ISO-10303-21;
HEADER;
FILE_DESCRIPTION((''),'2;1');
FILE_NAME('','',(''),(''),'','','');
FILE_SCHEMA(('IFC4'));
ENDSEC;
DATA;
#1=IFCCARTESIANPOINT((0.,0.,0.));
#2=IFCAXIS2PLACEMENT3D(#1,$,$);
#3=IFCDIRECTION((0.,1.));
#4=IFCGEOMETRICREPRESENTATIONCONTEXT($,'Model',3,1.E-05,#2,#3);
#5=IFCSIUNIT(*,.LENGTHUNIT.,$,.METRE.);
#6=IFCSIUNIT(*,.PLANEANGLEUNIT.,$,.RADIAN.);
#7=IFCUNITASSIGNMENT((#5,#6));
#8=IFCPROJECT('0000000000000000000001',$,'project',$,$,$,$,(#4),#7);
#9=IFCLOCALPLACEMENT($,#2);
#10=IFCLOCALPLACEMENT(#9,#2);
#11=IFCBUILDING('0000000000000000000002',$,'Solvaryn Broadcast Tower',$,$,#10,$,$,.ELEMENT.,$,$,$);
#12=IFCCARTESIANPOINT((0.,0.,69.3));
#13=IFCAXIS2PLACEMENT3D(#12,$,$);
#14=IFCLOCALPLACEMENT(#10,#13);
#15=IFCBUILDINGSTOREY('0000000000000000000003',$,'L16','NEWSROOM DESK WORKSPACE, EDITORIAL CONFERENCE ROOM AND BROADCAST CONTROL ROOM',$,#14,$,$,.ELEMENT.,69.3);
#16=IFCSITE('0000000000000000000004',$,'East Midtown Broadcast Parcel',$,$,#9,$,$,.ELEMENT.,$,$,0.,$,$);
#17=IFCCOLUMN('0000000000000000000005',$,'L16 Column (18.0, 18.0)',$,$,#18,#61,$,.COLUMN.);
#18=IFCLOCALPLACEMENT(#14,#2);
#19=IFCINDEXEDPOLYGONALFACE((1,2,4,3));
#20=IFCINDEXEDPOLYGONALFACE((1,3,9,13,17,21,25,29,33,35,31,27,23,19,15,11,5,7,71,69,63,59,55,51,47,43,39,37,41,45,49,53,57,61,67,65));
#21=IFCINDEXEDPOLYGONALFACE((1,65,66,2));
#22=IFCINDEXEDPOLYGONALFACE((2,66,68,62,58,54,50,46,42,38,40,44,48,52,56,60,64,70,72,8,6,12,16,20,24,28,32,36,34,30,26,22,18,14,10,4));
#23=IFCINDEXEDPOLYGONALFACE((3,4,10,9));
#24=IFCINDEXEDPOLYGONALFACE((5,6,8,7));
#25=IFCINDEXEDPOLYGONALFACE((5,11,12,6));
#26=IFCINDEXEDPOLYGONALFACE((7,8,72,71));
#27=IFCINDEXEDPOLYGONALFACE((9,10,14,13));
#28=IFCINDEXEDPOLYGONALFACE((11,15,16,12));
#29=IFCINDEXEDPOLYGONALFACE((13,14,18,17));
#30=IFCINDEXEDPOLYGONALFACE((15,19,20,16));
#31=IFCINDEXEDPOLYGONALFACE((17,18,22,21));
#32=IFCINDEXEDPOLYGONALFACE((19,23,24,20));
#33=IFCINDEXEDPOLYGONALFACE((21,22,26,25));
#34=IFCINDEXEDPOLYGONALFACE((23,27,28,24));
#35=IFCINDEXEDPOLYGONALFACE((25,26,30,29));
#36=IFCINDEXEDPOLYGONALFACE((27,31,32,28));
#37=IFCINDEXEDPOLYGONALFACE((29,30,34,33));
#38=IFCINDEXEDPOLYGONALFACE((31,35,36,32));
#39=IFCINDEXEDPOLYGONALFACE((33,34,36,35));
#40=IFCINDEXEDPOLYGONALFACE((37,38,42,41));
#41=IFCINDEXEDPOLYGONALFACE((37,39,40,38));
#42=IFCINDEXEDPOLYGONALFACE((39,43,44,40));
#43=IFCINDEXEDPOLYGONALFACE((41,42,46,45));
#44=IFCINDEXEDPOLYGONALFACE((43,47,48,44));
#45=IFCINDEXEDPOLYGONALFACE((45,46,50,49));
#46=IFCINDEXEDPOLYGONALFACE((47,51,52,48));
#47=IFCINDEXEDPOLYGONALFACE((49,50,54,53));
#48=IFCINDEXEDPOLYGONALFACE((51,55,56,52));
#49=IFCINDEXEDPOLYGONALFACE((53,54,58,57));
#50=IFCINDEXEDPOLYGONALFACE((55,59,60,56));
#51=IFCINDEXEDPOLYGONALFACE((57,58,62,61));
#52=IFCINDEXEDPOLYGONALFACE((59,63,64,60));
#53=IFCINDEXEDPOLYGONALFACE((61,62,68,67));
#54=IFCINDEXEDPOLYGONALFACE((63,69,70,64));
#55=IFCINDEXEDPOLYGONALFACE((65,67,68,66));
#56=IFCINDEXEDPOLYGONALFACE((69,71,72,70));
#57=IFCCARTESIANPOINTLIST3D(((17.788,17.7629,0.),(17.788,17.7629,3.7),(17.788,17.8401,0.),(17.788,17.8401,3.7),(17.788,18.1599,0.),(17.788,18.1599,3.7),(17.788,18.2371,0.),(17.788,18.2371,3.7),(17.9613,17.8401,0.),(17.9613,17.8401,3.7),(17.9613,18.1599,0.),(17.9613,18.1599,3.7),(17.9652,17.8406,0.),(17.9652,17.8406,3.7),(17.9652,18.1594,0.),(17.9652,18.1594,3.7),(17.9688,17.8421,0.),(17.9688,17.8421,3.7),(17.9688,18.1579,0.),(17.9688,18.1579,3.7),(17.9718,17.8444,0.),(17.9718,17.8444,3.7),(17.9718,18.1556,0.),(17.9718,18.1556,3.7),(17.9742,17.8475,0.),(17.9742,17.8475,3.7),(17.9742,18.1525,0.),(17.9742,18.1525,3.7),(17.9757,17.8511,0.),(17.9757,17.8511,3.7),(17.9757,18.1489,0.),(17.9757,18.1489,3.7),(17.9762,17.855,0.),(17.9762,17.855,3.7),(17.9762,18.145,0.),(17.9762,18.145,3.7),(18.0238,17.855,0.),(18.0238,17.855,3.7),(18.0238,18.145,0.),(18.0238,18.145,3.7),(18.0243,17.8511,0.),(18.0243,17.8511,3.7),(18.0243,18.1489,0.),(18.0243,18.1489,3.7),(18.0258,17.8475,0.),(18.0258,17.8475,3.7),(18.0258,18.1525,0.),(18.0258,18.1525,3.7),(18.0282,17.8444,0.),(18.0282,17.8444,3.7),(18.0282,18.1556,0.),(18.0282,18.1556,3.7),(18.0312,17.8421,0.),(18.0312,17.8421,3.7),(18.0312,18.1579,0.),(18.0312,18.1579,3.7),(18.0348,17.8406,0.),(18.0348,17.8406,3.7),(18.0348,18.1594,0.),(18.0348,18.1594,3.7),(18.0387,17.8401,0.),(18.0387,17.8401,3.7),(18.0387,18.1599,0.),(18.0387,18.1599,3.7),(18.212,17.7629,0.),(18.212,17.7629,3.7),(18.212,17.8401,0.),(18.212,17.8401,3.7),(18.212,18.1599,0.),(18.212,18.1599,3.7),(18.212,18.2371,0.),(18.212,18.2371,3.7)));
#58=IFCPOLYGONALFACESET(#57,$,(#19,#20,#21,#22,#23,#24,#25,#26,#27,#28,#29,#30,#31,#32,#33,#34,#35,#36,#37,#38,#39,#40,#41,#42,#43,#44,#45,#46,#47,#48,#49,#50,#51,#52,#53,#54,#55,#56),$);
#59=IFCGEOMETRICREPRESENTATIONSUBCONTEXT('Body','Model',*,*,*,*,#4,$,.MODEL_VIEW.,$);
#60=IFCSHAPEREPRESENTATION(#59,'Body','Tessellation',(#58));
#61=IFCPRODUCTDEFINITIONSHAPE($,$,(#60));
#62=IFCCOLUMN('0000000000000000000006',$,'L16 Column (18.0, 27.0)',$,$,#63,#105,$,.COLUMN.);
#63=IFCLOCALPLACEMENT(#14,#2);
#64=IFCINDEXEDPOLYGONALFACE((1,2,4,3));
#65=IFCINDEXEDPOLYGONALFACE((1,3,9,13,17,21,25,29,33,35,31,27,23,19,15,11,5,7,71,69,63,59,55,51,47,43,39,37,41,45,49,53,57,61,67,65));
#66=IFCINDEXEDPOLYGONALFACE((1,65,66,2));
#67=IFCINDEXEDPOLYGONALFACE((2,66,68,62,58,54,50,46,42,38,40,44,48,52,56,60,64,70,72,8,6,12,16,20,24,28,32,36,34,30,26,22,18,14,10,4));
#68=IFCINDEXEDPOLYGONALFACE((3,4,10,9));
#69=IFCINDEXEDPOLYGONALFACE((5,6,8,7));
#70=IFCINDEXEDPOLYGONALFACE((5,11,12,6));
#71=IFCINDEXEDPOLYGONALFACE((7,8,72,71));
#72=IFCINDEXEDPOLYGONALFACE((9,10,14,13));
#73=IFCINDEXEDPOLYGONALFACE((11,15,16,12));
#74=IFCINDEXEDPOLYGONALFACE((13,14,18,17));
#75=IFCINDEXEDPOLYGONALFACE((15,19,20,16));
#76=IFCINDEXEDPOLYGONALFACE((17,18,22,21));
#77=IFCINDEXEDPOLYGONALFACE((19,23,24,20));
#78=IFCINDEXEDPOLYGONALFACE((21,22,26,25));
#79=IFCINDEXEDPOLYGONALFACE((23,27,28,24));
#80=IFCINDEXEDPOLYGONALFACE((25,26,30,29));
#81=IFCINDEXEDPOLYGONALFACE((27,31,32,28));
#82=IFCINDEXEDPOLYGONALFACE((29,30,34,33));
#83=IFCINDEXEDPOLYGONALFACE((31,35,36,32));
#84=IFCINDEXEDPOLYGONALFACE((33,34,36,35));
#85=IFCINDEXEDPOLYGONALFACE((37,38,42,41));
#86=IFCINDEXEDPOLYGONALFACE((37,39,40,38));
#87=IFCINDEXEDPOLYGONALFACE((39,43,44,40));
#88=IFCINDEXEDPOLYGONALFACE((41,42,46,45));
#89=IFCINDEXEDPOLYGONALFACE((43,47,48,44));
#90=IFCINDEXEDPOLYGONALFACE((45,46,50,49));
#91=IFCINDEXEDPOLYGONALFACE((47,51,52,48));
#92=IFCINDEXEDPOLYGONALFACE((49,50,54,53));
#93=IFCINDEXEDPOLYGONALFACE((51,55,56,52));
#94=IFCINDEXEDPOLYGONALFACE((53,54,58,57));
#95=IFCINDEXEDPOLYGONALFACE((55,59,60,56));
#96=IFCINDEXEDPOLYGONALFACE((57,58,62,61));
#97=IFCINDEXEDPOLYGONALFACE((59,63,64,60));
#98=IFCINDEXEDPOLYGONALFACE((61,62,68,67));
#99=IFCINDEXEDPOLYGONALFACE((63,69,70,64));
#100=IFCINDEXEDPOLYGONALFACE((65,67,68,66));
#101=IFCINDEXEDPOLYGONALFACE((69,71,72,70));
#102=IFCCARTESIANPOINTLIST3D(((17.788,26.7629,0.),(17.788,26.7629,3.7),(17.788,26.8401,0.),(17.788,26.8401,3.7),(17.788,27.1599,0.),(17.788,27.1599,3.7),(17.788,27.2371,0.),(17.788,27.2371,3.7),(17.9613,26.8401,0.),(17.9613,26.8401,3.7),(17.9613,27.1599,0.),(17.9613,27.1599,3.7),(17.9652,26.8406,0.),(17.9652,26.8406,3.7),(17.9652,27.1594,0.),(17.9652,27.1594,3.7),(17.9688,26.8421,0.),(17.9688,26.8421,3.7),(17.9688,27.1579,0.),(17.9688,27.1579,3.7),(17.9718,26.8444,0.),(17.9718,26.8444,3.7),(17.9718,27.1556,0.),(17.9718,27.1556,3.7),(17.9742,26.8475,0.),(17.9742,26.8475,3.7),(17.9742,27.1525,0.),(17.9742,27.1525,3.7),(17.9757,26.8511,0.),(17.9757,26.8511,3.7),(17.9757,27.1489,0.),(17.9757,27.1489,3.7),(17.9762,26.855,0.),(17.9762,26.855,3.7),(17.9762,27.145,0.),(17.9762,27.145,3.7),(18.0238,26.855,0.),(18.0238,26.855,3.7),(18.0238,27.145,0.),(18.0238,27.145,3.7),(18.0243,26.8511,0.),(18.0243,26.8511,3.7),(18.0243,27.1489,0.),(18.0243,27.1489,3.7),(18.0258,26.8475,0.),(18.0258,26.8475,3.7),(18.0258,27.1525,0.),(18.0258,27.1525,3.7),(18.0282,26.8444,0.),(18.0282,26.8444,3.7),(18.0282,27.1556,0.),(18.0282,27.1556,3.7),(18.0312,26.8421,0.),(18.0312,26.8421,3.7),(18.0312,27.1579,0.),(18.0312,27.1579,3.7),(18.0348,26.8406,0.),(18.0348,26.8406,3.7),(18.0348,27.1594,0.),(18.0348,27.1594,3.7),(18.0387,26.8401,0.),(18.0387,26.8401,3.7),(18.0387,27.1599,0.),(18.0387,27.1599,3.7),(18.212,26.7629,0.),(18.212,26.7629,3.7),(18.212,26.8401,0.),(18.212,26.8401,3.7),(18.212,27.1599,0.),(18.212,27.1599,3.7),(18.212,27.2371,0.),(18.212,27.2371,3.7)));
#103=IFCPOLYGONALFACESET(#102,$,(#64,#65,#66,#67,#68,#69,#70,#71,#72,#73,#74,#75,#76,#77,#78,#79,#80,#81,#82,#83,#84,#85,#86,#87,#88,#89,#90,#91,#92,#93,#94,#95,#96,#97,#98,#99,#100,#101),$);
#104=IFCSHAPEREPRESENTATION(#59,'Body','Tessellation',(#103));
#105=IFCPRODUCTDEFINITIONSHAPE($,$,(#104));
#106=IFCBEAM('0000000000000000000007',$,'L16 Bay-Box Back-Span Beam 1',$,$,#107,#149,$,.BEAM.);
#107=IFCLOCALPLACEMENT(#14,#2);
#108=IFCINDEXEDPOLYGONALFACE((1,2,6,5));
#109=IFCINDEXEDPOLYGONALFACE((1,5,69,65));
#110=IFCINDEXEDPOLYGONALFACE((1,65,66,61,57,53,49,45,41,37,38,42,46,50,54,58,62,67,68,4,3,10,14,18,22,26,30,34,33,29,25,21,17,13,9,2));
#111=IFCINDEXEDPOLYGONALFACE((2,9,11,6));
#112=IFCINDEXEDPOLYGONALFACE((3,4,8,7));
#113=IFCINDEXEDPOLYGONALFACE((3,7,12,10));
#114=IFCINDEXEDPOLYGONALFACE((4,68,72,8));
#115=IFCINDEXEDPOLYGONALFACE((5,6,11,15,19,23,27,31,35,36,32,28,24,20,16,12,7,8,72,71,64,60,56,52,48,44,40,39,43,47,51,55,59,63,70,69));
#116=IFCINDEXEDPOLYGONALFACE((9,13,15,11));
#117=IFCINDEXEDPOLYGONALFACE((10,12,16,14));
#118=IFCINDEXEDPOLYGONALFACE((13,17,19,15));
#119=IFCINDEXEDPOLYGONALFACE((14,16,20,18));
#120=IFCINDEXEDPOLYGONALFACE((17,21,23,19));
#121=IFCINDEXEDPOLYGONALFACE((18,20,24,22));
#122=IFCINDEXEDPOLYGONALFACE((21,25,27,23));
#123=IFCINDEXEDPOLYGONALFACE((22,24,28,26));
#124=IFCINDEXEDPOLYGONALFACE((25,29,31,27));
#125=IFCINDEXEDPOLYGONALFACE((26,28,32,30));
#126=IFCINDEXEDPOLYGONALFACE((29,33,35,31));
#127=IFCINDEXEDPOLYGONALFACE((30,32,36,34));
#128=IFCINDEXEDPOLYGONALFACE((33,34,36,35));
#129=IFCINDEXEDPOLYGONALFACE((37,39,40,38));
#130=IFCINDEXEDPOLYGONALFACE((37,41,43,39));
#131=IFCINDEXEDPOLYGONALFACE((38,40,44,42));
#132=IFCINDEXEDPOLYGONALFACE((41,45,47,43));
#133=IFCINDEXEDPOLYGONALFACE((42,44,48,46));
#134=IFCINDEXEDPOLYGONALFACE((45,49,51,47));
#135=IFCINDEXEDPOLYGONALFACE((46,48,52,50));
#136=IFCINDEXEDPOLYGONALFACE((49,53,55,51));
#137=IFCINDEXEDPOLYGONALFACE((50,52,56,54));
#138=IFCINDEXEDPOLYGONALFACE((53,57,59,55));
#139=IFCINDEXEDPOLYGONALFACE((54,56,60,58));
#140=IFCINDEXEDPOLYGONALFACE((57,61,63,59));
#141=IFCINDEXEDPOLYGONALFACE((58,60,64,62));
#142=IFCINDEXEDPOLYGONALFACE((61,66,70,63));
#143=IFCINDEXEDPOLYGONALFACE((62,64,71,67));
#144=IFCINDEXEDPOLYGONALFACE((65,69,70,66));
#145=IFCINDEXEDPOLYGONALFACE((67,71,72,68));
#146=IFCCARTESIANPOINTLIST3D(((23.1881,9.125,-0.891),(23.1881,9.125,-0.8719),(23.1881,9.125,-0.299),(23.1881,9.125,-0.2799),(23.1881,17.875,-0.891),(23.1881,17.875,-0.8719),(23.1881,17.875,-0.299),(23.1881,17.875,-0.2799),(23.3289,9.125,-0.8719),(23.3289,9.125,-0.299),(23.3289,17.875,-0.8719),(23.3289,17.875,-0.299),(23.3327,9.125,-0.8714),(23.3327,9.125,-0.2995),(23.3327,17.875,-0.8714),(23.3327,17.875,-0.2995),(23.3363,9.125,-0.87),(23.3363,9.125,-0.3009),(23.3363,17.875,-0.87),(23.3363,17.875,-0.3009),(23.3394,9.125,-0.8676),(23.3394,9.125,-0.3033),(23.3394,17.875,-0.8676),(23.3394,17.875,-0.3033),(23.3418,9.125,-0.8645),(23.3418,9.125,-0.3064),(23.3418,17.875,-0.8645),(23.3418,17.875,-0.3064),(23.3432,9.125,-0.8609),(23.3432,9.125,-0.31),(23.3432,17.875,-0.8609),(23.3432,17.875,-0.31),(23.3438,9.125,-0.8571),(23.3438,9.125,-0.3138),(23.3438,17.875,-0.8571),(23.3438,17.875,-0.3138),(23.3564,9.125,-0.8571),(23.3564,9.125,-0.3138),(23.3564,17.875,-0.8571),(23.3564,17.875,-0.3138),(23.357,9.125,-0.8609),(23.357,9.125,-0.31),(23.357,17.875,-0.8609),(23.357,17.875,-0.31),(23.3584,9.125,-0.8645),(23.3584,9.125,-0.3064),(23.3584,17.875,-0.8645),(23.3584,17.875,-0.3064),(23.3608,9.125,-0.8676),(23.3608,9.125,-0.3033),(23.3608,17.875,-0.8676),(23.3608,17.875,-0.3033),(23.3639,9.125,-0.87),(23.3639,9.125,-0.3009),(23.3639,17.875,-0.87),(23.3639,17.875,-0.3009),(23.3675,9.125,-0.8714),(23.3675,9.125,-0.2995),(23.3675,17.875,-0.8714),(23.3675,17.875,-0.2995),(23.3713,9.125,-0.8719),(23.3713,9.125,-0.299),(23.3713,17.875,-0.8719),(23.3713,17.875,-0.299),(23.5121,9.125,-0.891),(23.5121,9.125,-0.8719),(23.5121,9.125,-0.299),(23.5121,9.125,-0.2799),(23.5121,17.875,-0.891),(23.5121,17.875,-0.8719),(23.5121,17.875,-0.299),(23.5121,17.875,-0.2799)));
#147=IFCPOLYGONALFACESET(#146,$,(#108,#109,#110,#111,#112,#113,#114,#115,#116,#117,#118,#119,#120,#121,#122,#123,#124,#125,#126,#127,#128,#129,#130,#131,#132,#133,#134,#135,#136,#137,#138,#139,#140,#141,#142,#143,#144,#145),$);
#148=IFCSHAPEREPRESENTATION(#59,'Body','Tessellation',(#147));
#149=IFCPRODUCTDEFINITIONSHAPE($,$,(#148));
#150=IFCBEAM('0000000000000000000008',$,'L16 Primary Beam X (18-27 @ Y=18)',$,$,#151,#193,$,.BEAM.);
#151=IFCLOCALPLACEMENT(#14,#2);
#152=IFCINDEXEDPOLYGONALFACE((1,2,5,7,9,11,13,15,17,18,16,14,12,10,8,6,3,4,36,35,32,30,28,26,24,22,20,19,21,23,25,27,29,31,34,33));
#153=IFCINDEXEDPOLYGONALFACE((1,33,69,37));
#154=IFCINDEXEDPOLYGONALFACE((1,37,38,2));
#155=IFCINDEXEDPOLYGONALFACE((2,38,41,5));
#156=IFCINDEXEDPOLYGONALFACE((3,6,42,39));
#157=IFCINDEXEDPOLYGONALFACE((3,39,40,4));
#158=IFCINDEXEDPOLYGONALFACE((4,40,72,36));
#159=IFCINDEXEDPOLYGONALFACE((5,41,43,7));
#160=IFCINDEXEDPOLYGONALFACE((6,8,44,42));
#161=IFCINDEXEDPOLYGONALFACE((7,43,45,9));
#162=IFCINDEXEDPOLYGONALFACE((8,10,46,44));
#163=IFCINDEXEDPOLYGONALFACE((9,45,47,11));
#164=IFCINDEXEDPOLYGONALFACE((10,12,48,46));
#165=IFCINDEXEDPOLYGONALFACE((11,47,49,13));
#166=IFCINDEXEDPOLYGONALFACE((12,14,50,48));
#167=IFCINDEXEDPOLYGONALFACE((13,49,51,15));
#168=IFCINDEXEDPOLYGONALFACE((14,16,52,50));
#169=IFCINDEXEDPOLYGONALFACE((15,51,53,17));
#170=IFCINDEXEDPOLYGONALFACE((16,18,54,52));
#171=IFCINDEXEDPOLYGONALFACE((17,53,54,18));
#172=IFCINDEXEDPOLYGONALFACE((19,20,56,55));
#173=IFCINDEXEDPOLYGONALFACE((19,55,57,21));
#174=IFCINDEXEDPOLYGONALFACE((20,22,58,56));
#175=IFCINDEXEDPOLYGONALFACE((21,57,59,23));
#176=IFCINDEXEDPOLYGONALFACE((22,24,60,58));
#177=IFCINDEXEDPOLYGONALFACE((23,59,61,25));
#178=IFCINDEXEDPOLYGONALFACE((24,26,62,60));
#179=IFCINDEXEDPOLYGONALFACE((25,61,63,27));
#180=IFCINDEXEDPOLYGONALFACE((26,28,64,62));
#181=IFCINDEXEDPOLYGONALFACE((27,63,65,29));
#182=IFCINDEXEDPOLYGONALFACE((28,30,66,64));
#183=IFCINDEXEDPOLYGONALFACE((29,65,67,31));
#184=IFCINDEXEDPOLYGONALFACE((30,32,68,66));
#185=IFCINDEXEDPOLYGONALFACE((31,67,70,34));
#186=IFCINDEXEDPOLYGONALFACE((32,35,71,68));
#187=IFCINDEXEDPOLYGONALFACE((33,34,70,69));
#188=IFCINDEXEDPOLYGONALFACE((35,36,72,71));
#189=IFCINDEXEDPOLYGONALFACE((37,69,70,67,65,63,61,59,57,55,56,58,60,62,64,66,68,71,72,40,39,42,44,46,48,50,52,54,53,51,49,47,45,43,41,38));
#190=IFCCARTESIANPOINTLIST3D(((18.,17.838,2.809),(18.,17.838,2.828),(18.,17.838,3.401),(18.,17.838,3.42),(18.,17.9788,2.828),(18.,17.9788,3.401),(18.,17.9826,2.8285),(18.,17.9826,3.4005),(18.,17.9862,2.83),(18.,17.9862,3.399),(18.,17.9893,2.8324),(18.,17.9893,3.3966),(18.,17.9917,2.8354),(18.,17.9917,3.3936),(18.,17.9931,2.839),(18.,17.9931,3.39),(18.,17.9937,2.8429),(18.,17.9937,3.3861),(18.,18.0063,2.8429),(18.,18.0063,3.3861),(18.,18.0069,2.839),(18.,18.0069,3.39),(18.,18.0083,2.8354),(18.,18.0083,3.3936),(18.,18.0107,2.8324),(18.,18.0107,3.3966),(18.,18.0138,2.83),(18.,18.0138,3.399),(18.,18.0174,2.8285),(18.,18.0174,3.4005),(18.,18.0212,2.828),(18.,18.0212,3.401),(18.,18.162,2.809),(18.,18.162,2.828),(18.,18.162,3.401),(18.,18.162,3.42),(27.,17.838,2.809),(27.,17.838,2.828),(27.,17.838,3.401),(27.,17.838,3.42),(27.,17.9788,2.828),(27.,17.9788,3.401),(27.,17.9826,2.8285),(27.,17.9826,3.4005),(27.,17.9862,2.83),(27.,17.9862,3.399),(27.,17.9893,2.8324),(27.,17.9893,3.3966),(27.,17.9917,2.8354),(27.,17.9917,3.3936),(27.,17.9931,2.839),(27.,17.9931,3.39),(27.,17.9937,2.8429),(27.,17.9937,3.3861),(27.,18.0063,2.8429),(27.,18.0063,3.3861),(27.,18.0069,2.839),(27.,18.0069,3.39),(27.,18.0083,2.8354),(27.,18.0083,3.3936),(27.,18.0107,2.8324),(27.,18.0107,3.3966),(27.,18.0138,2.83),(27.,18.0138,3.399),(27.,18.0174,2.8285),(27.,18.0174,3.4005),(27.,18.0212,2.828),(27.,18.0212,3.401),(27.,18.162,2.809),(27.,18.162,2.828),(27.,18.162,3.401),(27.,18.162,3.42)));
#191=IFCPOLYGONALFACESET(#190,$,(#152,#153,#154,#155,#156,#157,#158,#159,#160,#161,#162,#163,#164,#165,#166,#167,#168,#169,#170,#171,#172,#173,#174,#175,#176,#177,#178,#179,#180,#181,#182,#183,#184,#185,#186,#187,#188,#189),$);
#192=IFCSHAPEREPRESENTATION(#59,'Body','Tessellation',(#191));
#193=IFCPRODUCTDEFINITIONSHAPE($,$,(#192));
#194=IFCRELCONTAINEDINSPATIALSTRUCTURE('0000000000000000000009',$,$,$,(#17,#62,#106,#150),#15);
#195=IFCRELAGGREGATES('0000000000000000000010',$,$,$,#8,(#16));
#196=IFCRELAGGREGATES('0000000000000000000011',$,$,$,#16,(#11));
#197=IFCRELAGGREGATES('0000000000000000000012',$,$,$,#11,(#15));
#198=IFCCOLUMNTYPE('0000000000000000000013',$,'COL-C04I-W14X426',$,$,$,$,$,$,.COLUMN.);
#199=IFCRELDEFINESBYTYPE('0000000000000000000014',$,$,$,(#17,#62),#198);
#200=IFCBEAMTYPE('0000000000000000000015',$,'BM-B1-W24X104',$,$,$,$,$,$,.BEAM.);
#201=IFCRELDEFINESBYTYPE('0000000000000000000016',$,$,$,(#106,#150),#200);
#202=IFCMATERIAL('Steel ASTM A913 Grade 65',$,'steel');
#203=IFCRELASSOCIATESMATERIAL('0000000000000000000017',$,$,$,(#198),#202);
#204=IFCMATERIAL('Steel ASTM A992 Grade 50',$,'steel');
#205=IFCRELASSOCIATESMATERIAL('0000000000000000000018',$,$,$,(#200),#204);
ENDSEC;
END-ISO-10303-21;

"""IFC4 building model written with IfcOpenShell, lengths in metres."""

from ifc_helpers import new_model, si_unit, direction, frame, origin, origin_2d, place, context, subcontext, project, spatial, i_section, extrude, material, material_profile, profile_set, type_object, element, save


model = new_model("IFC4")

# Units and contexts
model_context = context("Model", 3, precision=1e-05, world=origin(), true_north=direction((0.0, 1.0)))
body_context = subcontext(model_context, "Body", "Model", "MODEL_VIEW")
ifc_project = project(units=[si_unit("LENGTHUNIT", "METRE"), si_unit("PLANEANGLEUNIT", "RADIAN")], contexts=[model_context])

# Site, building, storey
site_placement = place(None, origin())
site = spatial("IfcSite", under=ifc_project, at=site_placement, Name="East Midtown Broadcast Parcel", CompositionType="ELEMENT", RefElevation=0.0)
building_placement = place(site_placement, origin())
building = spatial("IfcBuilding", under=site, at=building_placement, Name="Solvaryn Broadcast Tower", CompositionType="ELEMENT")
storey_placement = place(building_placement, frame((0.0, 0.0, 69.3)))
storey = spatial("IfcBuildingStorey", under=building, at=storey_placement, Name="L16", Description="NEWSROOM DESK WORKSPACE, EDITORIAL CONFERENCE ROOM AND BROADCAST CONTROL ROOM", CompositionType="ELEMENT", Elevation=69.3)

# Columns
ifc_material_1 = material(Name="Steel ASTM A913 Grade 65", Category="steel")
ifc_material_profile_1 = material_profile(ifc_material_1, i_section(OverallWidth=0.4241, OverallDepth=0.4741, WebThickness=0.0476, FlangeThickness=0.0771, FilletRadius=0.0149, at=origin_2d()))
ifc_profile_set_1 = profile_set([ifc_material_profile_1], Name="Steel ASTM A913 Grade 65")
column_type = type_object("IfcColumnType", Name="COL-C04I-W14X426", PredefinedType="COLUMN", material=ifc_profile_set_1)
for number, where, z_axis, x_axis, name in (
    (1, (18.0, 18.0, 0.0), (0.0, 0.0, 1.0), (1.0, 0.0, 0.0), "L16 Column (18.0, 18.0)"),
    (2, (18.0, 27.0, 0.0), (0.0, 0.0, 1.0), (1.0, 0.0, 0.0), "L16 Column (18.0, 27.0)"),
):
    element("IfcColumn", number, at=place(storey_placement, frame(where, z_axis=z_axis, x_axis=x_axis)), inside=storey, type_object=column_type, Name=name, PredefinedType="COLUMN", context=body_context, shape_type="SweptSolid", body=[
        extrude(i_section(OverallWidth=0.4241, OverallDepth=0.4741, WebThickness=0.0476, FlangeThickness=0.0771, FilletRadius=0.0149, at=origin_2d()), origin(), (0.0, 0.0, 1.0), 3.7),
    ])

# Beams
ifc_material_2 = material(Name="Steel ASTM A992 Grade 50", Category="steel")
ifc_material_profile_2 = material_profile(ifc_material_2, i_section(OverallWidth=0.324, OverallDepth=0.6111, WebThickness=0.0127, FlangeThickness=0.019, FilletRadius=0.0149, at=origin_2d()))
ifc_profile_set_2 = profile_set([ifc_material_profile_2], Name="Steel ASTM A992 Grade 50")
beam_type_1 = type_object("IfcBeamType", Name="BM-B1-W24X104", PredefinedType="BEAM", material=ifc_profile_set_2)
beam_1_placement = place(storey_placement, frame((23.3501, 17.875, -0.5854), z_axis=(0.0, -1.0, 0.0), x_axis=(1.0, 0.0, 0.0)))
element("IfcBeam", 3, at=beam_1_placement, inside=storey, type_object=beam_type_1, Name="L16 Bay-Box Back-Span Beam 1", PredefinedType="BEAM", context=body_context, shape_type="SweptSolid", body=[
    extrude(i_section(OverallWidth=0.324, OverallDepth=0.6111, WebThickness=0.0127, FlangeThickness=0.019, FilletRadius=0.0149, at=origin_2d()), origin(), (0.0, 0.0, 1.0), 8.75),
])
for number, where, z_axis, x_axis, name in (
    (4, (18.0, 18.0, 3.1145), (1.0, 0.0, 0.0), (0.0, 1.0, 0.0), "L16 Primary Beam X (18-27 @ Y=18)"),
):
    element("IfcBeam", number, at=place(storey_placement, frame(where, z_axis=z_axis, x_axis=x_axis)), inside=storey, type_object=beam_type_1, Name=name, PredefinedType="BEAM", context=body_context, shape_type="SweptSolid", body=[
        extrude(i_section(OverallWidth=0.324, OverallDepth=0.6111, WebThickness=0.0127, FlangeThickness=0.019, FilletRadius=0.0149, at=origin_2d()), origin(), (0.0, 0.0, 1.0), 9.0),
    ])

save(model, "model.ifc")
